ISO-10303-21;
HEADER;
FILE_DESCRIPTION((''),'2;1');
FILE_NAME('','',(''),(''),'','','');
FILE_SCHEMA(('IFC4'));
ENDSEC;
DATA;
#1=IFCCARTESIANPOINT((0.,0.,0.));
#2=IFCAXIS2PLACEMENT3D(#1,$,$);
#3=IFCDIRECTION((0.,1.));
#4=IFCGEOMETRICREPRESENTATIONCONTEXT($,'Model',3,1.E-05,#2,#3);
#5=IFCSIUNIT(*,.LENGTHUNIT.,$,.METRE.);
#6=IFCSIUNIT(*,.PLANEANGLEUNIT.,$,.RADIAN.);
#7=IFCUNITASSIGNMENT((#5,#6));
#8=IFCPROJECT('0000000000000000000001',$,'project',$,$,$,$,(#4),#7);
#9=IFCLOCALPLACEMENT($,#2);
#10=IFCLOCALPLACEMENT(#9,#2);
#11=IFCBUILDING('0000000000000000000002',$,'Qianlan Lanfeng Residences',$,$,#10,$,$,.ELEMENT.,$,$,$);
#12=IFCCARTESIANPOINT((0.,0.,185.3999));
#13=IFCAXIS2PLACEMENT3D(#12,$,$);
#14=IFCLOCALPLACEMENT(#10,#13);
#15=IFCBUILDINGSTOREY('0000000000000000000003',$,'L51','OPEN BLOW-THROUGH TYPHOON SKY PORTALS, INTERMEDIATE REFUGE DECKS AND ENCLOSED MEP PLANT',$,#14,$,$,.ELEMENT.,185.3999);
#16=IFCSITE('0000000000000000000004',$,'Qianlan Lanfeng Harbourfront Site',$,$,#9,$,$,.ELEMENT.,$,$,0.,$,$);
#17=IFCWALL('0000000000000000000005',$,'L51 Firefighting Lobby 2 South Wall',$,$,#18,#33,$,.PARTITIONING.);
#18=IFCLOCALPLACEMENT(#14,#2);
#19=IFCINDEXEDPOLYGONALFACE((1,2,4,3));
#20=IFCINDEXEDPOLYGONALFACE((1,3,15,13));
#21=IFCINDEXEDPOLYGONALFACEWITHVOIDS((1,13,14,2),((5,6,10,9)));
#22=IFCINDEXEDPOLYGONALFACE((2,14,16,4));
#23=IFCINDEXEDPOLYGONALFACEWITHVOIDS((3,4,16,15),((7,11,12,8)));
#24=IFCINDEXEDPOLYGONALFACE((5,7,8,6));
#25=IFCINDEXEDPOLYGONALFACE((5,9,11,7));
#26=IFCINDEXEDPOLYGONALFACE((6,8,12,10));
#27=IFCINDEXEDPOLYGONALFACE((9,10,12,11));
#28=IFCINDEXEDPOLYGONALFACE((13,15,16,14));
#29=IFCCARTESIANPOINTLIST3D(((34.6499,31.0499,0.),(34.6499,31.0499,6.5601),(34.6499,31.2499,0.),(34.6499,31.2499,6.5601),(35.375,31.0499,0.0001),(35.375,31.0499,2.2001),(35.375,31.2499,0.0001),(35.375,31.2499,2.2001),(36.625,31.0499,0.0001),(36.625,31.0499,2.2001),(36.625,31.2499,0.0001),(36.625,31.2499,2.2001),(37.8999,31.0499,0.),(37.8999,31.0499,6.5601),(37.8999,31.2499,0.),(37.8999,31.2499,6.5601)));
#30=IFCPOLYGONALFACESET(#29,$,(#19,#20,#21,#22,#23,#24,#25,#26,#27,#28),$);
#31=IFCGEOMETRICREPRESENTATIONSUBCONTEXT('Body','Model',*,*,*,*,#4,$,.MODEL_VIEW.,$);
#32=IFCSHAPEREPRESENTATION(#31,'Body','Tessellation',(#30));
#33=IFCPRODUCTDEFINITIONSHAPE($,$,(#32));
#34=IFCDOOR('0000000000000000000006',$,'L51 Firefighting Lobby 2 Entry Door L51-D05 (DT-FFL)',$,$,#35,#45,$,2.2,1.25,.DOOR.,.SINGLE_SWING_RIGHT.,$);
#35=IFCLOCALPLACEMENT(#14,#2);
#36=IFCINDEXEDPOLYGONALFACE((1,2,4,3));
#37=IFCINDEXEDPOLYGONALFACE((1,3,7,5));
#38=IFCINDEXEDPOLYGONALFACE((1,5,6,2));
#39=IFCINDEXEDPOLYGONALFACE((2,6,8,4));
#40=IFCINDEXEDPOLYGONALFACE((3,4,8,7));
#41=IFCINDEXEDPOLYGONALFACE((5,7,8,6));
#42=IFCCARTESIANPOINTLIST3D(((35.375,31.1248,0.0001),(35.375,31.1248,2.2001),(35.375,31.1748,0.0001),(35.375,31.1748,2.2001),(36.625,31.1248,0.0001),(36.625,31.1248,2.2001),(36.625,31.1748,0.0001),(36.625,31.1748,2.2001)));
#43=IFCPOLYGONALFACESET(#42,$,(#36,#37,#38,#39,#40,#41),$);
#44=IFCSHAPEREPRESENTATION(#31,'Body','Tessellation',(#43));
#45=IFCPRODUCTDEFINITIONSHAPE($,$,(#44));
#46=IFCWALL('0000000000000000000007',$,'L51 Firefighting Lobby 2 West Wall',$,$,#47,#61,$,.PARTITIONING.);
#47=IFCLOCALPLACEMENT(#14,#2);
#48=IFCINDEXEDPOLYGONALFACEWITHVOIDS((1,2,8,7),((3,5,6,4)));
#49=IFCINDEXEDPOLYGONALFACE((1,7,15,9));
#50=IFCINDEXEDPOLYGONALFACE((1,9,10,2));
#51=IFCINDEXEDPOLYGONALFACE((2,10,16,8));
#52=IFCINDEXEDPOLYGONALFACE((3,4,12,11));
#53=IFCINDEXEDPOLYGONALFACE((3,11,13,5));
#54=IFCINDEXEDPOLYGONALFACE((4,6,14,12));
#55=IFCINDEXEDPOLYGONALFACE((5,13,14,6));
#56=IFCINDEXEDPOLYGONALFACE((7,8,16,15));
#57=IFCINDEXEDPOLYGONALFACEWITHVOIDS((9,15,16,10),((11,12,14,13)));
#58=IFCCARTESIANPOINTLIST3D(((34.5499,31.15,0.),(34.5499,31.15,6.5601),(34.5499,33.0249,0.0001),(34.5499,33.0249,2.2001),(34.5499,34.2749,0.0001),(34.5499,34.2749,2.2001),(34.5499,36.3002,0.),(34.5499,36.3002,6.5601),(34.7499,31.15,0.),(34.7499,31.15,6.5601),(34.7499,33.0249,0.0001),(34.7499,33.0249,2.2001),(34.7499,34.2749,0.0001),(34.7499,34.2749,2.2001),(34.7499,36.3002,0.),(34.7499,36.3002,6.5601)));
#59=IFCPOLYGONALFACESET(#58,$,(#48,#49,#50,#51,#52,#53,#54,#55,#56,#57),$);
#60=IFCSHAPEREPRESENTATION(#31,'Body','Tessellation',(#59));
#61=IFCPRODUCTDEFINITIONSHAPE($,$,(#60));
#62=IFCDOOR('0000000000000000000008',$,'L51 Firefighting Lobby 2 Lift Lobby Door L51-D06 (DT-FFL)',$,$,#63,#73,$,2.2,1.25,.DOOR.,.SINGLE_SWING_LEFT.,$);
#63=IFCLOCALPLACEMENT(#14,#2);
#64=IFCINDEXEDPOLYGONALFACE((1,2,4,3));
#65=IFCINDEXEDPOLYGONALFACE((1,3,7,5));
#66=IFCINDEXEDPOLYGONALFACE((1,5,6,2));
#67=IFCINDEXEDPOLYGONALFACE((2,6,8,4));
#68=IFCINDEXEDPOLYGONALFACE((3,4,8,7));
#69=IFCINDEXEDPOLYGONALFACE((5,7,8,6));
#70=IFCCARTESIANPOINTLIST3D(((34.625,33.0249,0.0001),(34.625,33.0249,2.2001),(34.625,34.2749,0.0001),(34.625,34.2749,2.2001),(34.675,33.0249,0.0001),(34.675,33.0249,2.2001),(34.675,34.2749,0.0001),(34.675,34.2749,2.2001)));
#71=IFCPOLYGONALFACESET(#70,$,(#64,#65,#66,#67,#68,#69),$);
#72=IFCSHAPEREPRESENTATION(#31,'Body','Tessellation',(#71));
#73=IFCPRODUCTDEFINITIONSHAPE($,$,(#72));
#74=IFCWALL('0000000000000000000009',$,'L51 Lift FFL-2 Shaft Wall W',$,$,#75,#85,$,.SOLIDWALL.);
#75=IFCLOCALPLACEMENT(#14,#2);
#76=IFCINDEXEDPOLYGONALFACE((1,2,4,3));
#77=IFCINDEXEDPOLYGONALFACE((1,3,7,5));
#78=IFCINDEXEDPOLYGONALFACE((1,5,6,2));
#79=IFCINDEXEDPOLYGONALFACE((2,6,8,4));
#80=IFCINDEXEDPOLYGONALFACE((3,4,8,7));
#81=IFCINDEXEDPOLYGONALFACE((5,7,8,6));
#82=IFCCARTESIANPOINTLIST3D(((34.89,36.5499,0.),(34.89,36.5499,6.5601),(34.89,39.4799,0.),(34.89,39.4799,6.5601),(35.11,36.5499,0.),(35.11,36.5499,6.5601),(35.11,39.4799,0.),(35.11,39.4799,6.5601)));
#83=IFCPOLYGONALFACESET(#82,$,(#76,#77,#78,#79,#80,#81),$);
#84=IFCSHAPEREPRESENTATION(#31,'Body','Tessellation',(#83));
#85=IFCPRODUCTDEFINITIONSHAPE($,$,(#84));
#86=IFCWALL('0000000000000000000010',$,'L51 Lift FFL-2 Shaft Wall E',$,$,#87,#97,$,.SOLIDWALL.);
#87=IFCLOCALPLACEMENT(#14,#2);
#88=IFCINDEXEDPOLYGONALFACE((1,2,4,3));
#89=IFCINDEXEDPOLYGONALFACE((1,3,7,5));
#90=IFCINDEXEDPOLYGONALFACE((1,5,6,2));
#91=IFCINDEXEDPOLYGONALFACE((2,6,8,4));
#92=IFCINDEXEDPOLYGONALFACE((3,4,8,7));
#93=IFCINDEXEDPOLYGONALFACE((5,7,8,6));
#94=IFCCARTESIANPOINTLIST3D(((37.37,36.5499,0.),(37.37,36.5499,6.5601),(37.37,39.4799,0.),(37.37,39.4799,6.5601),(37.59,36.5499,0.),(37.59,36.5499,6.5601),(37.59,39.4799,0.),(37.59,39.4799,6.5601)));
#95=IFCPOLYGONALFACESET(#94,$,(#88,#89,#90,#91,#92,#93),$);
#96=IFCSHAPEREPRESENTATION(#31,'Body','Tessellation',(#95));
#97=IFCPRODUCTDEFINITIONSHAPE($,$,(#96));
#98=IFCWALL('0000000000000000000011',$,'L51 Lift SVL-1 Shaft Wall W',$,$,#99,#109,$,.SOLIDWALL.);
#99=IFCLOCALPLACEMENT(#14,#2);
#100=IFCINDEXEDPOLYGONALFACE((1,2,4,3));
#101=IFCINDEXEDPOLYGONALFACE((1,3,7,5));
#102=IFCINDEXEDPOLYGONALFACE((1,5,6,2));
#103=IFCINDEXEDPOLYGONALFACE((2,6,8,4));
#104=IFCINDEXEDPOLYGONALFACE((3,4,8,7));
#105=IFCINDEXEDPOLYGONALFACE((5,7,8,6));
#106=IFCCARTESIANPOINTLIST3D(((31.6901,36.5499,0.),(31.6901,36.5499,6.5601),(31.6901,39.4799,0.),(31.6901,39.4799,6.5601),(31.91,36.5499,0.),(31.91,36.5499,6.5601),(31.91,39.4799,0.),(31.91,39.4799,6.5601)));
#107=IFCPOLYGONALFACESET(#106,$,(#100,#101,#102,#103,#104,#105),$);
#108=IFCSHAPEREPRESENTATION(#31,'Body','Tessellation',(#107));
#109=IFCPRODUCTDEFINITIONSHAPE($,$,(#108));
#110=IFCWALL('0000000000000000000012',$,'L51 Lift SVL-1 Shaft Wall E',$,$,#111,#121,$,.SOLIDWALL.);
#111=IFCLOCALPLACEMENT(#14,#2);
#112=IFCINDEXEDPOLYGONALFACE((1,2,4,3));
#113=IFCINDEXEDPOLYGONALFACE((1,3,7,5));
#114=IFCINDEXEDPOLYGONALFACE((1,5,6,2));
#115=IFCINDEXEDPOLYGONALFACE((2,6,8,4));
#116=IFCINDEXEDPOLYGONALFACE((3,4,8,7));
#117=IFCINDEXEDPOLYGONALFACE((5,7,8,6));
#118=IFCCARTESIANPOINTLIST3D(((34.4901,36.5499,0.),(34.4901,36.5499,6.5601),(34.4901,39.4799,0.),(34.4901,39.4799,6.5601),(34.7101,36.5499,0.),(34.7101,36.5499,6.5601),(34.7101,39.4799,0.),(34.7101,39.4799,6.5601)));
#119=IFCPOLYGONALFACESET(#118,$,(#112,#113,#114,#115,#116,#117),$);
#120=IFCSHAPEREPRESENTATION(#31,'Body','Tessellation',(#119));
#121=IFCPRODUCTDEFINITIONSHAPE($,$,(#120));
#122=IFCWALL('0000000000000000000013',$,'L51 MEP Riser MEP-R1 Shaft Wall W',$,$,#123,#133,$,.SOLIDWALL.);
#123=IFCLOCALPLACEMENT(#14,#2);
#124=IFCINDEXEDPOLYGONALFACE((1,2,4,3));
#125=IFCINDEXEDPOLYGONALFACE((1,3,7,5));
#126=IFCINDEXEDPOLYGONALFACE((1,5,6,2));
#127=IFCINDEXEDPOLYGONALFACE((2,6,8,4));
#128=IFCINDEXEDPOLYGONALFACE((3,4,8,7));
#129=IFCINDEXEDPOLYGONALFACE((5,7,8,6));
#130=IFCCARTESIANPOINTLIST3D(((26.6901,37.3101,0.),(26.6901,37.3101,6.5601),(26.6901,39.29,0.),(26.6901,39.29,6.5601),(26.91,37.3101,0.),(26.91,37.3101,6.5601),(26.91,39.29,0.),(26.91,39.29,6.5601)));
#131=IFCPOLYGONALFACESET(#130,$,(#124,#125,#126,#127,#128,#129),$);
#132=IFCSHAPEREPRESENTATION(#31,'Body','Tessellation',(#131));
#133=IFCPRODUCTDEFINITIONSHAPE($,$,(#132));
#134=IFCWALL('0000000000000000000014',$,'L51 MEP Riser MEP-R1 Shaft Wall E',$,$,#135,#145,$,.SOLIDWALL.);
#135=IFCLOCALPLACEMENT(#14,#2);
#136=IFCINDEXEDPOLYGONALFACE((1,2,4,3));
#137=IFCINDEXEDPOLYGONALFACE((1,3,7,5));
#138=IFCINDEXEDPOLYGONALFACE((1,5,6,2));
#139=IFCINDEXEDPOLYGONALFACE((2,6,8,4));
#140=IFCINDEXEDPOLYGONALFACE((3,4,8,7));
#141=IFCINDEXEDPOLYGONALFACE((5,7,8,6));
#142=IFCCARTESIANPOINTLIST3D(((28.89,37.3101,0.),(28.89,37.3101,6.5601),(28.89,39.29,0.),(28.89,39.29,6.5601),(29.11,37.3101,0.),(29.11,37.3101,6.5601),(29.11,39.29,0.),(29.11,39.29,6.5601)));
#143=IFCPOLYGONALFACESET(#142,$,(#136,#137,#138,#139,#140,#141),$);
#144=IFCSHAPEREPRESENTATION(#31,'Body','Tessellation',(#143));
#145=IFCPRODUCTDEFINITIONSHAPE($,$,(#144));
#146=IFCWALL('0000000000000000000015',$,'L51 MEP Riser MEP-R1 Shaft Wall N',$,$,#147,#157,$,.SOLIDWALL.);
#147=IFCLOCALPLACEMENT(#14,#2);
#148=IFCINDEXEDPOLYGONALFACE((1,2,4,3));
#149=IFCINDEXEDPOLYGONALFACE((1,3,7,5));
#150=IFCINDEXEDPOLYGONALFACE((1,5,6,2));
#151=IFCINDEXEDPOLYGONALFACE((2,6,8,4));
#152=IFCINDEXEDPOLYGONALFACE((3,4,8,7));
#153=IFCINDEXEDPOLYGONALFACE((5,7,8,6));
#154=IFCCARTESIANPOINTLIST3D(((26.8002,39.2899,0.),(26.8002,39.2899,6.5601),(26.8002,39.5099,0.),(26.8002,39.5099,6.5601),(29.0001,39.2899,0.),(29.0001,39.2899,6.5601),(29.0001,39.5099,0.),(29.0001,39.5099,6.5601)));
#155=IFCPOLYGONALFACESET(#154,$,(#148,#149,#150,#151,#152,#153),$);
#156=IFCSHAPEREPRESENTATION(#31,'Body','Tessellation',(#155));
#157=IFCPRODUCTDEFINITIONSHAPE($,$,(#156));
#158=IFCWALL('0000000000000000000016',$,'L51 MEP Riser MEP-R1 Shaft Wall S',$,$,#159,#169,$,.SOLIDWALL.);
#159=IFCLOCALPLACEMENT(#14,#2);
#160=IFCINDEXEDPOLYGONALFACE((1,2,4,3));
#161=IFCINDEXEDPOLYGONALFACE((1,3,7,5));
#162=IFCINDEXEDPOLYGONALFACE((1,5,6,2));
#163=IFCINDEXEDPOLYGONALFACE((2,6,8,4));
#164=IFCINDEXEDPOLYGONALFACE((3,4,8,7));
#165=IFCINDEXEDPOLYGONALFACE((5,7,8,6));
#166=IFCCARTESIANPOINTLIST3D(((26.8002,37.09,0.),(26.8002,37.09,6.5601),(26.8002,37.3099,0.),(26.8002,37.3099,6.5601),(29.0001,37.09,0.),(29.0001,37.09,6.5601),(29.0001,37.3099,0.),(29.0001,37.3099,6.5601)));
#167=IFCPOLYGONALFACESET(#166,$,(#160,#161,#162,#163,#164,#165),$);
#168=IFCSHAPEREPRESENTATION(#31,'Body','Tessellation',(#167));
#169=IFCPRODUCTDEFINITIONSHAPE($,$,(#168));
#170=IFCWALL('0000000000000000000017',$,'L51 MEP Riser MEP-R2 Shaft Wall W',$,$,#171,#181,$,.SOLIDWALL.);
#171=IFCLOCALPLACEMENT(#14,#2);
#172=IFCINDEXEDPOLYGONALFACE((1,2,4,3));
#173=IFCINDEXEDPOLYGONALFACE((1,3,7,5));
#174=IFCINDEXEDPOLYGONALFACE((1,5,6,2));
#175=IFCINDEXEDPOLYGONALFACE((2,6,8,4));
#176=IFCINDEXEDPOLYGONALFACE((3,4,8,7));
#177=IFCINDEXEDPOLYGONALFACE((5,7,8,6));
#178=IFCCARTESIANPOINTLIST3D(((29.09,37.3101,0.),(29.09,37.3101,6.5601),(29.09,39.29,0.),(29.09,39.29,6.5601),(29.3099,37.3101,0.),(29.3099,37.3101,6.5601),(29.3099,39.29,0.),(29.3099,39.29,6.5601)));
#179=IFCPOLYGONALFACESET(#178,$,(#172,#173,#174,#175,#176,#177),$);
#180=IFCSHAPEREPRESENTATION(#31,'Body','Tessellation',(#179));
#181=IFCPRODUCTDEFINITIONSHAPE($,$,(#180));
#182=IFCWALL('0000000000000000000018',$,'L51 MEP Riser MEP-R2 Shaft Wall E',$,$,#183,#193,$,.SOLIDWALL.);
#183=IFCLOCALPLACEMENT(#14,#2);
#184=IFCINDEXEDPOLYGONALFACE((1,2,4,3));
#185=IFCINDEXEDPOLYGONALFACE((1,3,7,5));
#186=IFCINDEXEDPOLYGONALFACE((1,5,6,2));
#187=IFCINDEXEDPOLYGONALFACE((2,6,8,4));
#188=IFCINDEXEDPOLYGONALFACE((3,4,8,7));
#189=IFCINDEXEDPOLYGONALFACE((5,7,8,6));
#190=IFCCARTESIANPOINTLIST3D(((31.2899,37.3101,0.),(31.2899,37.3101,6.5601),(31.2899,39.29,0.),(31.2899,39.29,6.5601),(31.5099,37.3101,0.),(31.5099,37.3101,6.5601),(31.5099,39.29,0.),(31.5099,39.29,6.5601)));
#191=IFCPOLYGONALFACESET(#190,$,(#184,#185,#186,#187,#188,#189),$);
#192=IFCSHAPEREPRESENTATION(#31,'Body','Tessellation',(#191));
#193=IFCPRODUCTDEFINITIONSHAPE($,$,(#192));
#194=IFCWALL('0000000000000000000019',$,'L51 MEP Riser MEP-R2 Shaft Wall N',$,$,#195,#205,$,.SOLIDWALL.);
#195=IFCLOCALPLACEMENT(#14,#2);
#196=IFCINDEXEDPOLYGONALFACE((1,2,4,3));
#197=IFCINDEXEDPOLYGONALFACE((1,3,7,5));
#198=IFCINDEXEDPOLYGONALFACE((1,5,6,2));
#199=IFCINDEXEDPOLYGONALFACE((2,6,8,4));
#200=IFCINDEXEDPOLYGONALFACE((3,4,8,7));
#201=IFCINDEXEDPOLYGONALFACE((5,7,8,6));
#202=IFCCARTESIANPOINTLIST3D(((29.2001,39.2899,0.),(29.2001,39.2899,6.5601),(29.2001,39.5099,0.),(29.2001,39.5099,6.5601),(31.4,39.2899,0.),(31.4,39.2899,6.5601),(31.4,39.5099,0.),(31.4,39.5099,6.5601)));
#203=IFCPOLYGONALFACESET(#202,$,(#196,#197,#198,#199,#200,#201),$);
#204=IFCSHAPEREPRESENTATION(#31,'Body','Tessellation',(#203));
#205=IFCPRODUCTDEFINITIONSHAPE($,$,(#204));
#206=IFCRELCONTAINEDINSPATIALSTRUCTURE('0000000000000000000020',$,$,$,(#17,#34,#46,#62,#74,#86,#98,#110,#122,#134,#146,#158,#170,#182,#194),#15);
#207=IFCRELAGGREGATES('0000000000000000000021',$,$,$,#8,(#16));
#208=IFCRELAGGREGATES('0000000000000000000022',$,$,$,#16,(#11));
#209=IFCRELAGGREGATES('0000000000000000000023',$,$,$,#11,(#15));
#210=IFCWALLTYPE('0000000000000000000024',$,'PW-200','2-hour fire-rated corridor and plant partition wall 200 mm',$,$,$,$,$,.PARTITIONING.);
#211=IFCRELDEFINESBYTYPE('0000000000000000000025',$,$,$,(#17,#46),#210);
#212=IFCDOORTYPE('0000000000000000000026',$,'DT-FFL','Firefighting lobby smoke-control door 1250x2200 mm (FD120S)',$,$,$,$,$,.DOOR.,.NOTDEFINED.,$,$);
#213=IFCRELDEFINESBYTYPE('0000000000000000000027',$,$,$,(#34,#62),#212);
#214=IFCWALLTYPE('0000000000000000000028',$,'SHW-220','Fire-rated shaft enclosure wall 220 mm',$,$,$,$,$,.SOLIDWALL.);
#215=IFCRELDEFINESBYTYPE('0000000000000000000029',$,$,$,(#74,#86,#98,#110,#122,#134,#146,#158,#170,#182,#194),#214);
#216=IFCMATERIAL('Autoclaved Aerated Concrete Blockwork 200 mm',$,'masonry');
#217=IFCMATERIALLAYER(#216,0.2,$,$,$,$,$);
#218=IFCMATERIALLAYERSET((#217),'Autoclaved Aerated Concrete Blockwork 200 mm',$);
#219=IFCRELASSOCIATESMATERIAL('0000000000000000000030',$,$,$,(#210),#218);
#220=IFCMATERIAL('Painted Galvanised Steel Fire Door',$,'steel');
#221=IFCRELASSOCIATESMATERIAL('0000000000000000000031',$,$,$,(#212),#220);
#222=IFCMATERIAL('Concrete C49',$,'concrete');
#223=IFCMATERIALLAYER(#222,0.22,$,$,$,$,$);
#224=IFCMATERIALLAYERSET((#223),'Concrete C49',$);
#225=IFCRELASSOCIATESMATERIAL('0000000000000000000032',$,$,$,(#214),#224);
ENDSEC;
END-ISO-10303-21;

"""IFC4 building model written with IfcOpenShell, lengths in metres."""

from ifc_helpers import new_model, si_unit, direction, frame, frame_2d, origin, place, context, subcontext, project, spatial, rectangle, extrude, material, layer, layer_set, type_object, element, fill, save


model = new_model("IFC4")

# Units and contexts
model_context = context("Model", 3, precision=1e-05, world=origin(), true_north=direction((0.0, 1.0)))
body_context = subcontext(model_context, "Body", "Model", "MODEL_VIEW")
ifc_project = project(units=[si_unit("LENGTHUNIT", "METRE"), si_unit("PLANEANGLEUNIT", "RADIAN")], contexts=[model_context])

# Site, building, storey
site_placement = place(None, origin())
site = spatial("IfcSite", under=ifc_project, at=site_placement, Name="Qianlan Lanfeng Harbourfront Site", CompositionType="ELEMENT", RefElevation=0.0)
building_placement = place(site_placement, origin())
building = spatial("IfcBuilding", under=site, at=building_placement, Name="Qianlan Lanfeng Residences", CompositionType="ELEMENT")
storey_placement = place(building_placement, frame((0.0, 0.0, 185.3999)))
storey = spatial("IfcBuildingStorey", under=building, at=storey_placement, Name="L51", Description="OPEN BLOW-THROUGH TYPHOON SKY PORTALS, INTERMEDIATE REFUGE DECKS AND ENCLOSED MEP PLANT", CompositionType="ELEMENT", Elevation=185.3999)

# Walls, openings, doors
ifc_material_1 = material(Name="Autoclaved Aerated Concrete Blockwork 200 mm", Category="masonry")
ifc_layer_1 = layer(ifc_material_1, 0.2)
ifc_layer_set_1 = layer_set([ifc_layer_1], Name="Autoclaved Aerated Concrete Blockwork 200 mm")
wall_type_1 = type_object("IfcWallType", Name="PW-200", Description="2-hour fire-rated corridor and plant partition wall 200 mm", PredefinedType="PARTITIONING", material=ifc_layer_set_1)
wall_1_placement = place(storey_placement, frame((34.6499, 31.1499, 0.0), z_axis=(0.0, 0.0, 1.0), x_axis=(1.0, 0.0, 0.0)))
wall_1 = element("IfcWall", 1, at=wall_1_placement, inside=storey, type_object=wall_type_1, Name="L51 Firefighting Lobby 2 South Wall", PredefinedType="PARTITIONING", context=body_context, shape_type="SweptSolid", body=[
    extrude(rectangle(XDim=3.25, YDim=0.2, at=frame_2d((1.625, 0.0))), origin(), (0.0, 0.0, 1.0), 6.5601),
])
opening_1_placement = place(wall_1_placement, frame((0.7251, 0.0, 0.0)))
opening_1 = element("IfcOpeningElement", 2, at=opening_1_placement, cuts=wall_1, PredefinedType="OPENING", context=body_context, shape_type="SweptSolid", body=[
    extrude(rectangle(XDim=1.25, YDim=2.2, at=frame_2d((0.625, 1.1001))), frame((0.0, 0.1099, 0.0), z_axis=(0.0, -1.0, 0.0), x_axis=(1.0, 0.0, 0.0)), (0.0, 0.0, 1.0), 0.22),
])
ifc_material_2 = material(Name="Painted Galvanised Steel Fire Door", Category="steel")
door_type = type_object("IfcDoorType", Name="DT-FFL", Description="Firefighting lobby smoke-control door 1250x2200 mm (FD120S)", OperationType="NOTDEFINED", PredefinedType="DOOR", material=ifc_material_2)
door_1_placement = place(opening_1_placement, origin())
door_1 = element("IfcDoor", 3, at=door_1_placement, inside=storey, type_object=door_type, Name="L51 Firefighting Lobby 2 Entry Door L51-D05 (DT-FFL)", OperationType="SINGLE_SWING_RIGHT", OverallHeight=2.2, OverallWidth=1.25, PredefinedType="DOOR", context=body_context, shape_type="SweptSolid", body=[
    extrude(rectangle(XDim=1.25, YDim=2.2, at=frame_2d((0.625, 1.1001))), frame((0.0, 0.0249, 0.0), z_axis=(0.0, -1.0, 0.0), x_axis=(1.0, 0.0, 0.0)), (0.0, 0.0, 1.0), 0.05),
])
fill(opening_1, door_1)
wall_2_placement = place(storey_placement, frame((34.6499, 31.1499, 0.0), z_axis=(0.0, 0.0, 1.0), x_axis=(0.0, 1.0, 0.0)))
wall_2 = element("IfcWall", 4, at=wall_2_placement, inside=storey, type_object=wall_type_1, Name="L51 Firefighting Lobby 2 West Wall", PredefinedType="PARTITIONING", context=body_context, shape_type="SweptSolid", body=[
    extrude(rectangle(XDim=5.1501, YDim=0.2, at=frame_2d((2.5752, 0.0))), origin(), (0.0, 0.0, 1.0), 6.5601),
])
opening_2_placement = place(wall_2_placement, frame((1.875, 0.0, 0.0)))
opening_2 = element("IfcOpeningElement", 5, at=opening_2_placement, cuts=wall_2, PredefinedType="OPENING", context=body_context, shape_type="SweptSolid", body=[
    extrude(rectangle(XDim=1.25, YDim=2.2, at=frame_2d((0.625, 1.1001))), frame((0.0, 0.1099, 0.0), z_axis=(0.0, -1.0, 0.0), x_axis=(1.0, 0.0, 0.0)), (0.0, 0.0, 1.0), 0.22),
])
door_2_placement = place(opening_2_placement, origin())
door_2 = element("IfcDoor", 6, at=door_2_placement, inside=storey, type_object=door_type, Name="L51 Firefighting Lobby 2 Lift Lobby Door L51-D06 (DT-FFL)", OperationType="SINGLE_SWING_LEFT", OverallHeight=2.2, OverallWidth=1.25, PredefinedType="DOOR", context=body_context, shape_type="SweptSolid", body=[
    extrude(rectangle(XDim=1.25, YDim=2.2, at=frame_2d((0.625, 1.1001))), frame((0.0, 0.0249, 0.0), z_axis=(0.0, -1.0, 0.0), x_axis=(1.0, 0.0, 0.0)), (0.0, 0.0, 1.0), 0.05),
])
fill(opening_2, door_2)

# Walls
ifc_material_3 = material(Name="Concrete C49", Category="concrete")
ifc_layer_2 = layer(ifc_material_3, 0.22)
ifc_layer_set_2 = layer_set([ifc_layer_2], Name="Concrete C49")
wall_type_2 = type_object("IfcWallType", Name="SHW-220", Description="Fire-rated shaft enclosure wall 220 mm", PredefinedType="SOLIDWALL", material=ifc_layer_set_2)
for number, where, z_axis, x_axis, name in (
    (7, (35.0, 36.55, 0.0), (0.0, 0.0, 1.0), (0.0, 1.0, 0.0), "L51 Lift FFL-2 Shaft Wall W"),
    (8, (37.48, 36.55, 0.0), (0.0, 0.0, 1.0), (0.0, 1.0, 0.0), "L51 Lift FFL-2 Shaft Wall E"),
    (9, (31.8, 36.55, 0.0), (0.0, 0.0, 1.0), (0.0, 1.0, 0.0), "L51 Lift SVL-1 Shaft Wall W"),
    (10, (34.6001, 36.55, 0.0), (0.0, 0.0, 1.0), (0.0, 1.0, 0.0), "L51 Lift SVL-1 Shaft Wall E"),
):
    element("IfcWall", number, at=place(storey_placement, frame(where, z_axis=z_axis, x_axis=x_axis)), inside=storey, type_object=wall_type_2, Name=name, PredefinedType="SOLIDWALL", context=body_context, shape_type="SweptSolid", body=[
        extrude(rectangle(XDim=2.9299, YDim=0.22, at=frame_2d((1.4648, 0.0))), origin(), (0.0, 0.0, 1.0), 6.5601),
    ])
for number, where, z_axis, x_axis, name in (
    (11, (26.8, 37.3101, 0.0), (0.0, 0.0, 1.0), (0.0, 1.0, 0.0), "L51 MEP Riser MEP-R1 Shaft Wall W"),
    (12, (29.0, 37.3101, 0.0), (0.0, 0.0, 1.0), (0.0, 1.0, 0.0), "L51 MEP Riser MEP-R1 Shaft Wall E"),
):
    element("IfcWall", number, at=place(storey_placement, frame(where, z_axis=z_axis, x_axis=x_axis)), inside=storey, type_object=wall_type_2, Name=name, PredefinedType="SOLIDWALL", context=body_context, shape_type="SweptSolid", body=[
        extrude(rectangle(XDim=1.98, YDim=0.22, at=frame_2d((0.99, 0.0))), origin(), (0.0, 0.0, 1.0), 6.5601),
    ])
for number, where, z_axis, x_axis, name in (
    (13, (26.8, 39.3999, 0.0), (0.0, 0.0, 1.0), (1.0, 0.0, 0.0), "L51 MEP Riser MEP-R1 Shaft Wall N"),
    (14, (26.8, 37.2, 0.0), (0.0, 0.0, 1.0), (1.0, 0.0, 0.0), "L51 MEP Riser MEP-R1 Shaft Wall S"),
):
    element("IfcWall", number, at=place(storey_placement, frame(where, z_axis=z_axis, x_axis=x_axis)), inside=storey, type_object=wall_type_2, Name=name, PredefinedType="SOLIDWALL", context=body_context, shape_type="SweptSolid", body=[
        extrude(rectangle(XDim=2.2, YDim=0.22, at=frame_2d((1.1001, 0.0))), origin(), (0.0, 0.0, 1.0), 6.5601),
    ])
for number, where, z_axis, x_axis, name in (
    (15, (29.2, 37.3101, 0.0), (0.0, 0.0, 1.0), (0.0, 1.0, 0.0), "L51 MEP Riser MEP-R2 Shaft Wall W"),
    (16, (31.3999, 37.3101, 0.0), (0.0, 0.0, 1.0), (0.0, 1.0, 0.0), "L51 MEP Riser MEP-R2 Shaft Wall E"),
):
    element("IfcWall", number, at=place(storey_placement, frame(where, z_axis=z_axis, x_axis=x_axis)), inside=storey, type_object=wall_type_2, Name=name, PredefinedType="SOLIDWALL", context=body_context, shape_type="SweptSolid", body=[
        extrude(rectangle(XDim=1.98, YDim=0.22, at=frame_2d((0.99, 0.0))), origin(), (0.0, 0.0, 1.0), 6.5601),
    ])
for number, where, z_axis, x_axis, name in (
    (17, (29.2, 39.3999, 0.0), (0.0, 0.0, 1.0), (1.0, 0.0, 0.0), "L51 MEP Riser MEP-R2 Shaft Wall N"),
):
    element("IfcWall", number, at=place(storey_placement, frame(where, z_axis=z_axis, x_axis=x_axis)), inside=storey, type_object=wall_type_2, Name=name, PredefinedType="SOLIDWALL", context=body_context, shape_type="SweptSolid", body=[
        extrude(rectangle(XDim=2.2, YDim=0.22, at=frame_2d((1.1001, 0.0))), origin(), (0.0, 0.0, 1.0), 6.5601),
    ])

save(model, "model.ifc")
